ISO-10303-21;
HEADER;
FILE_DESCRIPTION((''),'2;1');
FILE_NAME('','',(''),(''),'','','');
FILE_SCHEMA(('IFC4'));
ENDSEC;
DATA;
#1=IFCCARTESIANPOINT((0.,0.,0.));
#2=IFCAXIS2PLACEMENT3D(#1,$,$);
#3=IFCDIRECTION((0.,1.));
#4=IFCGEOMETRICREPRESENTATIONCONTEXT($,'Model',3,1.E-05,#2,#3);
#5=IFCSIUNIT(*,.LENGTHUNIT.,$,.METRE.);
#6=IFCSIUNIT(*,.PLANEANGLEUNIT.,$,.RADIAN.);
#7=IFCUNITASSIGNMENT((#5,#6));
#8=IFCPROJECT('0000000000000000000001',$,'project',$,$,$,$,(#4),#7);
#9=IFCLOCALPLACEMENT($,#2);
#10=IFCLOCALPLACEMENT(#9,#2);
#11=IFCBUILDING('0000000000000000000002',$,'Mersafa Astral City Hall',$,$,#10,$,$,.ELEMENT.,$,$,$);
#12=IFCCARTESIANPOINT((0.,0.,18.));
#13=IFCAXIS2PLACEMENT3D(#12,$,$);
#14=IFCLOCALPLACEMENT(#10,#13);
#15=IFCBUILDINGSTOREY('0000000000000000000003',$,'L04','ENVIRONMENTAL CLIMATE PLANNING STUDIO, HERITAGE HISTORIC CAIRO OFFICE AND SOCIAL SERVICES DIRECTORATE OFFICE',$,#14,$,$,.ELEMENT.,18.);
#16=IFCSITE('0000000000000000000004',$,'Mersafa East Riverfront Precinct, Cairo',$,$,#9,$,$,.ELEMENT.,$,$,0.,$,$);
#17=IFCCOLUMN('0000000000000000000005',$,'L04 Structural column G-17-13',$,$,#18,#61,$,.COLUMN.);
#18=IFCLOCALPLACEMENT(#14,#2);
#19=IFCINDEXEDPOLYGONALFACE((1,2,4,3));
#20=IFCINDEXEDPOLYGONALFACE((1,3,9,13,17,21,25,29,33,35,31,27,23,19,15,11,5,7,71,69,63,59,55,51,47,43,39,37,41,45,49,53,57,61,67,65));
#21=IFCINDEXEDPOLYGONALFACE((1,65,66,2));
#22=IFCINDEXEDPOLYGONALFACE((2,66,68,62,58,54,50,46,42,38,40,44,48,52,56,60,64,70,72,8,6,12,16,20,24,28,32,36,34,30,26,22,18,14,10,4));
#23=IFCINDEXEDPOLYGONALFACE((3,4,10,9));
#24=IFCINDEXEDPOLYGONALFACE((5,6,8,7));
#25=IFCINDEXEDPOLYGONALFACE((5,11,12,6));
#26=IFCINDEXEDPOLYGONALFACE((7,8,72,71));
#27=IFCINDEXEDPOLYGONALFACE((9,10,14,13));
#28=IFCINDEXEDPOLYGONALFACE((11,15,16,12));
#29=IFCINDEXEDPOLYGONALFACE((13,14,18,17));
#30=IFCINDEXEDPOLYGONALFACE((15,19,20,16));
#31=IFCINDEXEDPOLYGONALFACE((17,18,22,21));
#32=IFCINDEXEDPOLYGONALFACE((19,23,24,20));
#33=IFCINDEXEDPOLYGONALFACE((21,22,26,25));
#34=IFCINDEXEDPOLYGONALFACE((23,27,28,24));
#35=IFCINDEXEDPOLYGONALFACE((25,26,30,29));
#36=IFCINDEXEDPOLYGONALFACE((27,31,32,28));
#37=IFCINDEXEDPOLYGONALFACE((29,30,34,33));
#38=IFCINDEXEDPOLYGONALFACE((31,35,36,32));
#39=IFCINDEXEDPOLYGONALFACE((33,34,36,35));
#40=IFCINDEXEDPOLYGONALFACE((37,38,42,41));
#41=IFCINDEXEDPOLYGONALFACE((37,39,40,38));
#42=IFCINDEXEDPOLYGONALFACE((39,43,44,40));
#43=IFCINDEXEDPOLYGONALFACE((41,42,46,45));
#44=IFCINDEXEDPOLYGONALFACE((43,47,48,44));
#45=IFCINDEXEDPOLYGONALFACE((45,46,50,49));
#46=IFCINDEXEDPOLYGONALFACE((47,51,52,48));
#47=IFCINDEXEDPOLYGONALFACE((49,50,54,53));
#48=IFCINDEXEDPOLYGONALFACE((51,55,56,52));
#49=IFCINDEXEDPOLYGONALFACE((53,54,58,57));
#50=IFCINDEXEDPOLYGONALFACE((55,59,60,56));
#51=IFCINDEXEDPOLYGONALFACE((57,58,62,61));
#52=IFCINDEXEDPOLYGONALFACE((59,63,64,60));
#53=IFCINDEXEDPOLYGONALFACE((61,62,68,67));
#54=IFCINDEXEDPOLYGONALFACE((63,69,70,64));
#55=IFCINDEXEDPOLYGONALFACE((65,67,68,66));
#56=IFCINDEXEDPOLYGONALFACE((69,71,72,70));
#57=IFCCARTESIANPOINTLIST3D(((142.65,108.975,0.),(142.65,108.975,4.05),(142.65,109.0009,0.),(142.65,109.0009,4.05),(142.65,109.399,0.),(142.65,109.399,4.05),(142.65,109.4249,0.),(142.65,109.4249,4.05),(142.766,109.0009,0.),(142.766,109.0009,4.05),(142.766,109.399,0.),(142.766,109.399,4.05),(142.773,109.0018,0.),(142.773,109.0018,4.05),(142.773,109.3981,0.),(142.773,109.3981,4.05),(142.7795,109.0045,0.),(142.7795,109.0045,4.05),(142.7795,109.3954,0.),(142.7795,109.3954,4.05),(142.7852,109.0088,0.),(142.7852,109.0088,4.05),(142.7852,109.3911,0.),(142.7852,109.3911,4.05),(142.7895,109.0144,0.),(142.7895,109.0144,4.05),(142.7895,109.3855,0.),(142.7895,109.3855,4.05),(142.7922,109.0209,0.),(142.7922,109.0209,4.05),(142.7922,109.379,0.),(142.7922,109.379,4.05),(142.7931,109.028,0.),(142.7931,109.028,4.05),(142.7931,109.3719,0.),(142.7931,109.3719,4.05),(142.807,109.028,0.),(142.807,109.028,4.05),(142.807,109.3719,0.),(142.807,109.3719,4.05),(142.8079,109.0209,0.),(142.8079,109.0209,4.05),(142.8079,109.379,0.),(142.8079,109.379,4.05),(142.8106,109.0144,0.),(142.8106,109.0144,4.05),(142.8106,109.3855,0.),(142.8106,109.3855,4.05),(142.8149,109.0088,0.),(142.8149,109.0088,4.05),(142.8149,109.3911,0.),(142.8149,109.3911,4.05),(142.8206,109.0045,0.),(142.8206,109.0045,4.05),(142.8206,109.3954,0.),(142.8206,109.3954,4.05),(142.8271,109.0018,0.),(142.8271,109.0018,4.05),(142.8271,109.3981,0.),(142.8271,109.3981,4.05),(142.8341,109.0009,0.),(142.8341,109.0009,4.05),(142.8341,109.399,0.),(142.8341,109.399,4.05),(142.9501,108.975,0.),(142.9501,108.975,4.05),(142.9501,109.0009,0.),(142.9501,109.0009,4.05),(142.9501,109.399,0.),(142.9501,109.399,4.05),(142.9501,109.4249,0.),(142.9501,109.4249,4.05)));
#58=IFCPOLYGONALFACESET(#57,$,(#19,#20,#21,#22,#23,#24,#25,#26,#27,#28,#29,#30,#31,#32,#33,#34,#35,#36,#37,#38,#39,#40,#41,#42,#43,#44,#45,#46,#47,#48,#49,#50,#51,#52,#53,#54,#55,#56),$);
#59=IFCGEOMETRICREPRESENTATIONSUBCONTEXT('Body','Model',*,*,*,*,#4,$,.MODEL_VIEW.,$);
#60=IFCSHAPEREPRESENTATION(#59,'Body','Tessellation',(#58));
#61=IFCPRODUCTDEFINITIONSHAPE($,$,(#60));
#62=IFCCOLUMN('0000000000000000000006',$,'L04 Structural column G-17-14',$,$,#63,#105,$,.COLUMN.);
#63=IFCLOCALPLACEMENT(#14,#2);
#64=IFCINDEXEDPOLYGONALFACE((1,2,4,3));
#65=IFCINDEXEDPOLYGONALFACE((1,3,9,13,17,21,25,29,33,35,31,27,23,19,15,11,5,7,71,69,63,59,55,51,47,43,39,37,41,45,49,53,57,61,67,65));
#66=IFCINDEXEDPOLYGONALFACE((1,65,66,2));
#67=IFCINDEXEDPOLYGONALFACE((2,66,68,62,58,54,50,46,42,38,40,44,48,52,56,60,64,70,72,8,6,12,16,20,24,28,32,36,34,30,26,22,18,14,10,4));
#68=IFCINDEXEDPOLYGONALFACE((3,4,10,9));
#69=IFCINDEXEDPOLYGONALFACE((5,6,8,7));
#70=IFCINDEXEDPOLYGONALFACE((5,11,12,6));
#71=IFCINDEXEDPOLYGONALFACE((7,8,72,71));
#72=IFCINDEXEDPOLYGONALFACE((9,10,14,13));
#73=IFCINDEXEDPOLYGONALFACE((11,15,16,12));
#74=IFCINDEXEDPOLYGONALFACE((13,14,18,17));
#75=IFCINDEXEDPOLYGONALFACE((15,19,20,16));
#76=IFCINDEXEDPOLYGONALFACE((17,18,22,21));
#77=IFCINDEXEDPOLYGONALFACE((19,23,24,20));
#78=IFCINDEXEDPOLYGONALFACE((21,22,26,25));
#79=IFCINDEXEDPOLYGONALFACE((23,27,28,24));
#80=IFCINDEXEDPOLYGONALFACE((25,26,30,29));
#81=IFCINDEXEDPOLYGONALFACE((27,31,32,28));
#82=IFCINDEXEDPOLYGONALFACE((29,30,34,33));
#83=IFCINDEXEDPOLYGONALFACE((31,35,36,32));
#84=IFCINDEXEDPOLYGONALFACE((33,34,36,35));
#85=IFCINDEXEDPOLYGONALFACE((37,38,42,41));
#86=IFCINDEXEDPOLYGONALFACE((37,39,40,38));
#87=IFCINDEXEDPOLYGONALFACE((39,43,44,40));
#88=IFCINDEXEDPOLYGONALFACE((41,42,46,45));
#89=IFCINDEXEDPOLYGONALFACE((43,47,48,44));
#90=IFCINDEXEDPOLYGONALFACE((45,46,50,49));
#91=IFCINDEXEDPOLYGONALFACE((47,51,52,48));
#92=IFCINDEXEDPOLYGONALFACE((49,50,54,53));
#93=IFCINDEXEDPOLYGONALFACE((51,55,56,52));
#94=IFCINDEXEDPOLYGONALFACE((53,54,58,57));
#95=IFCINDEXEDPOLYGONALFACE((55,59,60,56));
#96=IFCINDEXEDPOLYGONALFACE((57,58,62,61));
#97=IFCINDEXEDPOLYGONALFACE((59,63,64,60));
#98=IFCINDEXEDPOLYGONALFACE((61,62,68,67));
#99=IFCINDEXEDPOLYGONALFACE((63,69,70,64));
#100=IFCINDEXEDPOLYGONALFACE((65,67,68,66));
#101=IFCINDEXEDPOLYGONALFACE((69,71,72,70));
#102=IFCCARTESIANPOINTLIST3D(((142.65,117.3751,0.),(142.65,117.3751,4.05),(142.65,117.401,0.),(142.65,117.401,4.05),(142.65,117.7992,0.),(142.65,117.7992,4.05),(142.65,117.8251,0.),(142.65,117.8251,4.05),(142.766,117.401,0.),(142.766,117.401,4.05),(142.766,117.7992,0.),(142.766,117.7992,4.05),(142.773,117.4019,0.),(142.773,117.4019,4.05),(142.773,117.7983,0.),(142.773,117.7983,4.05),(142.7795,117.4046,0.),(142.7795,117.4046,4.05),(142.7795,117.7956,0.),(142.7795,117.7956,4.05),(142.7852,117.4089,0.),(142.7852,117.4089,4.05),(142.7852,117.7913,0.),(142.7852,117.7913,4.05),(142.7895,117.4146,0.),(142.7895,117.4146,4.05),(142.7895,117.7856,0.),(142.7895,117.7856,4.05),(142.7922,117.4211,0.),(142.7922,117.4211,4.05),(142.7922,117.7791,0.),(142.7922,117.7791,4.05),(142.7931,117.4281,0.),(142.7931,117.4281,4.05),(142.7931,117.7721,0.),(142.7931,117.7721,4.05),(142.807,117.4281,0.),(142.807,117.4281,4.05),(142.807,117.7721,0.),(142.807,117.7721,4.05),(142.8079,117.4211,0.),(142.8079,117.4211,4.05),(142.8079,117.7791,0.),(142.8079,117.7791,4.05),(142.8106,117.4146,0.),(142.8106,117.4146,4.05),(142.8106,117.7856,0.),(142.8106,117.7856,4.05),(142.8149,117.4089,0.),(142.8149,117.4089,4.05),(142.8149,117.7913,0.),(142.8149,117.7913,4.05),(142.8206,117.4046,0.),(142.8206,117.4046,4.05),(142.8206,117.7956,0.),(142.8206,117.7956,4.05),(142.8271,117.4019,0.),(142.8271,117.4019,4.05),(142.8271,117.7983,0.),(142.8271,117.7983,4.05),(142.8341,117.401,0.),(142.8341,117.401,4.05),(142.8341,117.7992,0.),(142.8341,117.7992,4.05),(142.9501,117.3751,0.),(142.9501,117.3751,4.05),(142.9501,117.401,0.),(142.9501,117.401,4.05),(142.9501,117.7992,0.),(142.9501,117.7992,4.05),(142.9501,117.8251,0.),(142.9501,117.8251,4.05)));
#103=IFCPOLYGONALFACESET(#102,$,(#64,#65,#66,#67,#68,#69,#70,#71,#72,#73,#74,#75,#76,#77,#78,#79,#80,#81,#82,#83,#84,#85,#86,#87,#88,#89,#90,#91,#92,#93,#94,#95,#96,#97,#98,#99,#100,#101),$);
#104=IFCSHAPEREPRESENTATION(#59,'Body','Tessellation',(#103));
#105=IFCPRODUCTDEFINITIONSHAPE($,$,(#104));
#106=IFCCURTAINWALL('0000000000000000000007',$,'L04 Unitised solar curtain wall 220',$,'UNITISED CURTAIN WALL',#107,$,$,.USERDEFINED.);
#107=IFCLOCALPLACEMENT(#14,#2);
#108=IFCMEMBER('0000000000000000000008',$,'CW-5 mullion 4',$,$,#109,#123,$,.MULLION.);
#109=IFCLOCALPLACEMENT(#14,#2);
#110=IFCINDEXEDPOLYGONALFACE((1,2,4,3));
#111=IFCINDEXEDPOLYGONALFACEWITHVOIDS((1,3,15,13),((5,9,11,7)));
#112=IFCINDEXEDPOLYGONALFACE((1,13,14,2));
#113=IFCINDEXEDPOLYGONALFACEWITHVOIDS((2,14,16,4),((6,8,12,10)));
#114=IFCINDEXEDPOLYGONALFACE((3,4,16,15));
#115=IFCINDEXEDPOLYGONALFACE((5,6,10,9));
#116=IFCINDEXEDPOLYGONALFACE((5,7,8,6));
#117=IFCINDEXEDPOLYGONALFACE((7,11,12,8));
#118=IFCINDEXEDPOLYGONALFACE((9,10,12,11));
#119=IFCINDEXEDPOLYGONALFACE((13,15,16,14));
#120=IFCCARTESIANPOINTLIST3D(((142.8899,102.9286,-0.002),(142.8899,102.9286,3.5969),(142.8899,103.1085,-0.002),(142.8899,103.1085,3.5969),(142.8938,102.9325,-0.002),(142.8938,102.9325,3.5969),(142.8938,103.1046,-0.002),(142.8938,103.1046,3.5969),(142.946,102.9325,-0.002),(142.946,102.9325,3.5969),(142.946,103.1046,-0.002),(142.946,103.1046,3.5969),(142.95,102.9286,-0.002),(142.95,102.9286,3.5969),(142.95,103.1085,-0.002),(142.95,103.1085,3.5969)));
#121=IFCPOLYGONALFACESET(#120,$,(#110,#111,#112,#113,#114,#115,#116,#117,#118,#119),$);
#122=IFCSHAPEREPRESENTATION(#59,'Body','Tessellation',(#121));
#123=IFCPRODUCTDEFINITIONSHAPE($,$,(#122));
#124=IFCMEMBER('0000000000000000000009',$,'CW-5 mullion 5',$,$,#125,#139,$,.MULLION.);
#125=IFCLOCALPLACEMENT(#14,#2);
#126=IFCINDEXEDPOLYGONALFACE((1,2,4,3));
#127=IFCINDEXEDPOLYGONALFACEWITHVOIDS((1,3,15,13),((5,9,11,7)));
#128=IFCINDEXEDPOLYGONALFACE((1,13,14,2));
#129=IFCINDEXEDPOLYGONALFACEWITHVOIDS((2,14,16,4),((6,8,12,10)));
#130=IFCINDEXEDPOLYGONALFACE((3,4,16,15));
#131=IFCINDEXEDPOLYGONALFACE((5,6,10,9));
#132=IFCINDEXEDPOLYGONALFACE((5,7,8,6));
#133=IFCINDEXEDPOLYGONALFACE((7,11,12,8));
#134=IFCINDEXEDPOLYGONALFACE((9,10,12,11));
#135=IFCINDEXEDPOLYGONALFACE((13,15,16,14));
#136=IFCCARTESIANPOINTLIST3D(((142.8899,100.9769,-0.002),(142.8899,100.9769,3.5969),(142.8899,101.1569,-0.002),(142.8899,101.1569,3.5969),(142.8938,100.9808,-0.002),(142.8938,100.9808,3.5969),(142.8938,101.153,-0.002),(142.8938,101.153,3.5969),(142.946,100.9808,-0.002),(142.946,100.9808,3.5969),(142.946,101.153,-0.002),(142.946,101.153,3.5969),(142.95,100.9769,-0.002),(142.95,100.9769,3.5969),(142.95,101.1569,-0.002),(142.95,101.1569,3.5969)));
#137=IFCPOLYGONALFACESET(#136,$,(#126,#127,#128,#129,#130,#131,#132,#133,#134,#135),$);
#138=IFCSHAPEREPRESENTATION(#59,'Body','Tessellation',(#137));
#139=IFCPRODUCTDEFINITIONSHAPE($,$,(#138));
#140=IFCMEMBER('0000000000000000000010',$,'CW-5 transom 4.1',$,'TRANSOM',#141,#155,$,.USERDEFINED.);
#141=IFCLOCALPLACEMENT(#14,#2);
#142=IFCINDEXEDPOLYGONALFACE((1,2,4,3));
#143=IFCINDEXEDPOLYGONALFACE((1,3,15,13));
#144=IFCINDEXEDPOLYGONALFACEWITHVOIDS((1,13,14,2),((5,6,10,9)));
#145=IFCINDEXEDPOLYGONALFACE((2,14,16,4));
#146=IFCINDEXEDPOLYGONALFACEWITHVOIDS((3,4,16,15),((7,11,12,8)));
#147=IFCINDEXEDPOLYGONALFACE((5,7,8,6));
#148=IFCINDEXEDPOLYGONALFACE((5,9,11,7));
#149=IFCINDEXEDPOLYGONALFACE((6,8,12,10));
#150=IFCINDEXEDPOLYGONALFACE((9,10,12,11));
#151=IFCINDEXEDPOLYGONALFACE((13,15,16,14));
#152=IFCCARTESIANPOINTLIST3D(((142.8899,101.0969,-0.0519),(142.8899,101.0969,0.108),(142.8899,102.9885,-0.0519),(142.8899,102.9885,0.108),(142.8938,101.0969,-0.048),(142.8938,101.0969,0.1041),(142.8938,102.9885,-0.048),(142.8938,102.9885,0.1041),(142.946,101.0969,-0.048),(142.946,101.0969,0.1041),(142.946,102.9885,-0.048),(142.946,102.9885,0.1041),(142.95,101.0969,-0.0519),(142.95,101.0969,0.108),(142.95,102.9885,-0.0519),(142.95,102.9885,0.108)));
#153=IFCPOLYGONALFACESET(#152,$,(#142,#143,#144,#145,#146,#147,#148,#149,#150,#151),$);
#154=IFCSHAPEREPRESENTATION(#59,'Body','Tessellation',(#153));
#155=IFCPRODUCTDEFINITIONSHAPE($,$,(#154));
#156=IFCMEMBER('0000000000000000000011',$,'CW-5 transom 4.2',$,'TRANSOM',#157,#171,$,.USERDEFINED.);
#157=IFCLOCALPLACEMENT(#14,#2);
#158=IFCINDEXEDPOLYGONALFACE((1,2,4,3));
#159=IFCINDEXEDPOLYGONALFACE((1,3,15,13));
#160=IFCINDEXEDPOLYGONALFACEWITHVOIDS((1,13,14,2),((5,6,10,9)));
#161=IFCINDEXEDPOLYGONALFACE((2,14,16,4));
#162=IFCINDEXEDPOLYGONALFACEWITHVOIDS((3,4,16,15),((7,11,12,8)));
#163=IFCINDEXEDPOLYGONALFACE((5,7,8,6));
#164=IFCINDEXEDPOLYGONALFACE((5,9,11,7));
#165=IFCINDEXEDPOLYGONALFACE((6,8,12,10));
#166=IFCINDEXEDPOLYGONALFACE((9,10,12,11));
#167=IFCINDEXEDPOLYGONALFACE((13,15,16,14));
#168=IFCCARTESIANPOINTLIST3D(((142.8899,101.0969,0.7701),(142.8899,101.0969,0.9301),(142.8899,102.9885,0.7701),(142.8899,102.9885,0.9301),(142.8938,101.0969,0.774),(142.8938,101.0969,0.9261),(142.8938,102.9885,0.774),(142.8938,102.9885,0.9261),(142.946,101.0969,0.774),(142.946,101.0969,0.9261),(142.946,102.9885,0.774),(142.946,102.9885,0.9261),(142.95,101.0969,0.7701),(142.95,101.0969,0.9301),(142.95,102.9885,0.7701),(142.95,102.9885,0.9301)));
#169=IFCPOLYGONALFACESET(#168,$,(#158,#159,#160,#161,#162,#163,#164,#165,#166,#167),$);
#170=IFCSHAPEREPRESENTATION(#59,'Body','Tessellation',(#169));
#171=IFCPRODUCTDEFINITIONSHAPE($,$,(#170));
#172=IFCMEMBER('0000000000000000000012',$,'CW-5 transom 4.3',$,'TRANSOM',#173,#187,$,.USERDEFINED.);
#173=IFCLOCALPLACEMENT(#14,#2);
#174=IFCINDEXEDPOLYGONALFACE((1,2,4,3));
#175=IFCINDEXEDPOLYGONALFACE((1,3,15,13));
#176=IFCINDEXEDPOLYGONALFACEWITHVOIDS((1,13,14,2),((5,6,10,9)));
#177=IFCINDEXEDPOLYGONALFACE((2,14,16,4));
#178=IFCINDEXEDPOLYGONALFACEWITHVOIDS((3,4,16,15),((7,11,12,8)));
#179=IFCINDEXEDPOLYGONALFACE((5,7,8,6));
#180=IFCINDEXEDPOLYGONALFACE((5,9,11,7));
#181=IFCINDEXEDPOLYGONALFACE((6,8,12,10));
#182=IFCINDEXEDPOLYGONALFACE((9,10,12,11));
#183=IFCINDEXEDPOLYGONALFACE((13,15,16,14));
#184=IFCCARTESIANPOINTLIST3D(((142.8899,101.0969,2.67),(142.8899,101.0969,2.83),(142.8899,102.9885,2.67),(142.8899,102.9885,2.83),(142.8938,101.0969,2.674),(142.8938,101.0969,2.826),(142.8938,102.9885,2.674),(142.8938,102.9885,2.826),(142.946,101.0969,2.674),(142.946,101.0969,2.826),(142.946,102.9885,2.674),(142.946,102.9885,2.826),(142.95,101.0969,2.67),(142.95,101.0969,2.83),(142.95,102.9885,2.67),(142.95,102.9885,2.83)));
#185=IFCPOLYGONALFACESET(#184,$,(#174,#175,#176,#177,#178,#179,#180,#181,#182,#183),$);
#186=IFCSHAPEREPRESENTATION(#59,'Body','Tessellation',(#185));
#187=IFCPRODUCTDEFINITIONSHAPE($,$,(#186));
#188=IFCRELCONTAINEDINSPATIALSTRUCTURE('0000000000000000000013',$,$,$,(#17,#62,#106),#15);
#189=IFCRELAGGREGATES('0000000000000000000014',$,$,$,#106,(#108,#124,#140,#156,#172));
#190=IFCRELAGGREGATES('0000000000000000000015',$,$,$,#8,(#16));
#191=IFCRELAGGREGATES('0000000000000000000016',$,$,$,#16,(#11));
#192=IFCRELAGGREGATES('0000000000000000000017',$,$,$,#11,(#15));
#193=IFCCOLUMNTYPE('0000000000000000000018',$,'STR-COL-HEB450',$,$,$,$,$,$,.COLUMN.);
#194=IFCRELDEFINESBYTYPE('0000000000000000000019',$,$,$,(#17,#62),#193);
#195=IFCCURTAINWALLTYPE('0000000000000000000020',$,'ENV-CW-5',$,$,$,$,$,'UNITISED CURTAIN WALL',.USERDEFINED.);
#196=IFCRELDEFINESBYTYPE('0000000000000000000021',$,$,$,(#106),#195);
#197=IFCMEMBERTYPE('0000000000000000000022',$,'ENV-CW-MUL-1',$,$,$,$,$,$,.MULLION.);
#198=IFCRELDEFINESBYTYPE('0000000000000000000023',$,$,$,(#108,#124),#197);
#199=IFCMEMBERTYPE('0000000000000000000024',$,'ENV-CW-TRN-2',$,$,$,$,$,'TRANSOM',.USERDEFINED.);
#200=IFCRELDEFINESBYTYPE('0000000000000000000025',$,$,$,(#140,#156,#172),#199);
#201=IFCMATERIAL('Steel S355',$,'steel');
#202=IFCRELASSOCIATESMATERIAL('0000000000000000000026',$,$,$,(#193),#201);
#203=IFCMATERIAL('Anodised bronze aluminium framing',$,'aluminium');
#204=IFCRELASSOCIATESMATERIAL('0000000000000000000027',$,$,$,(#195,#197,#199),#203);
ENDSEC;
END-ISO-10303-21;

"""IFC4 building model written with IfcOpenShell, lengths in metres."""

from ifc_helpers import new_model, si_unit, direction, frame, origin, origin_2d, place, context, subcontext, project, spatial, hollow_rectangle, i_section, extrude, material, material_profile, profile_set, type_object, element, aggregate, save


model = new_model("IFC4")

# Units and contexts
model_context = context("Model", 3, precision=1e-05, world=origin(), true_north=direction((0.0, 1.0)))
body_context = subcontext(model_context, "Body", "Model", "MODEL_VIEW")
ifc_project = project(units=[si_unit("LENGTHUNIT", "METRE"), si_unit("PLANEANGLEUNIT", "RADIAN")], contexts=[model_context])

# Site, building, storey
site_placement = place(None, origin())
site = spatial("IfcSite", under=ifc_project, at=site_placement, Name="Mersafa East Riverfront Precinct, Cairo", CompositionType="ELEMENT", RefElevation=0.0)
building_placement = place(site_placement, origin())
building = spatial("IfcBuilding", under=site, at=building_placement, Name="Mersafa Astral City Hall", CompositionType="ELEMENT")
storey_placement = place(building_placement, frame((0.0, 0.0, 18.0)))
storey = spatial("IfcBuildingStorey", under=building, at=storey_placement, Name="L04", Description="ENVIRONMENTAL CLIMATE PLANNING STUDIO, HERITAGE HISTORIC CAIRO OFFICE AND SOCIAL SERVICES DIRECTORATE OFFICE", CompositionType="ELEMENT", Elevation=18.0)

# Columns
ifc_material_1 = material(Name="Steel S355", Category="steel")
ifc_material_profile_1 = material_profile(ifc_material_1, i_section(OverallWidth=0.3, OverallDepth=0.45, WebThickness=0.0139, FlangeThickness=0.0259, FilletRadius=0.0271, at=origin_2d()), Name="HEB 450")
ifc_profile_set_1 = profile_set([ifc_material_profile_1], Name="Steel S355")
column_type = type_object("IfcColumnType", Name="STR-COL-HEB450", PredefinedType="COLUMN", material=ifc_profile_set_1)
for number, where, z_axis, x_axis, name in (
    (1, (142.8, 109.2, 0.0), (0.0, 0.0, 1.0), (1.0, 0.0, 0.0), "L04 Structural column G-17-13"),
    (2, (142.8, 117.6001, 0.0), (0.0, 0.0, 1.0), (1.0, 0.0, 0.0), "L04 Structural column G-17-14"),
):
    element("IfcColumn", number, at=place(storey_placement, frame(where, z_axis=z_axis, x_axis=x_axis)), inside=storey, type_object=column_type, Name=name, PredefinedType="COLUMN", context=body_context, shape_type="SweptSolid", body=[
        extrude(i_section(OverallWidth=0.3, OverallDepth=0.45, WebThickness=0.0139, FlangeThickness=0.0259, FilletRadius=0.0271, at=origin_2d()), origin(), (0.0, 0.0, 1.0), 4.05),
    ])

# Curtain wall, members
ifc_material_2 = material(Name="Anodised bronze aluminium framing", Category="aluminium")
curtain_wall_type = type_object("IfcCurtainWallType", Name="ENV-CW-5", ElementType="UNITISED CURTAIN WALL", PredefinedType="USERDEFINED", material=ifc_material_2)
curtain_wall_placement = place(storey_placement, origin())
curtain_wall = element("IfcCurtainWall", 3, at=curtain_wall_placement, inside=storey, type_object=curtain_wall_type, Name="L04 Unitised solar curtain wall 220", ObjectType="UNITISED CURTAIN WALL", PredefinedType="USERDEFINED")
ifc_material_profile_2 = material_profile(ifc_material_2, hollow_rectangle(XDim=0.0601, YDim=0.1799, WallThickness=0.0039, at=origin_2d()), Name="RHS 60x180x4")
ifc_profile_set_2 = profile_set([ifc_material_profile_2], Name="Anodised bronze aluminium framing")
member_type_1 = type_object("IfcMemberType", Name="ENV-CW-MUL-1", PredefinedType="MULLION", material=ifc_profile_set_2)
member_1_placement = place(storey_placement, frame((142.9199, 103.0186, -0.002), z_axis=(0.0, 0.0, 1.0), x_axis=(1.0, 0.0, 0.0)))
member_1 = element("IfcMember", 4, at=member_1_placement, type_object=member_type_1, Name="CW-5 mullion 4", PredefinedType="MULLION", context=body_context, shape_type="SweptSolid", body=[
    extrude(hollow_rectangle(XDim=0.0601, YDim=0.1799, WallThickness=0.0039, at=origin_2d()), origin(), (0.0, 0.0, 1.0), 3.5989),
])
member_2_placement = place(storey_placement, frame((142.9199, 101.0669, -0.002), z_axis=(0.0, 0.0, 1.0), x_axis=(1.0, 0.0, 0.0)))
member_2 = element("IfcMember", 5, at=member_2_placement, type_object=member_type_1, Name="CW-5 mullion 5", PredefinedType="MULLION", context=body_context, shape_type="SweptSolid", body=[
    extrude(hollow_rectangle(XDim=0.0601, YDim=0.1799, WallThickness=0.0039, at=origin_2d()), origin(), (0.0, 0.0, 1.0), 3.5989),
])
ifc_material_profile_3 = material_profile(ifc_material_2, hollow_rectangle(XDim=0.0601, YDim=0.1599, WallThickness=0.0039, at=origin_2d()), Name="RHS 60x160x4")
ifc_profile_set_3 = profile_set([ifc_material_profile_3], Name="Anodised bronze aluminium framing")
member_type_2 = type_object("IfcMemberType", Name="ENV-CW-TRN-2", ElementType="TRANSOM", PredefinedType="USERDEFINED", material=ifc_profile_set_3)
member_3_placement = place(storey_placement, frame((142.9199, 102.9885, 0.0281), z_axis=(0.0, -1.0, 0.0), x_axis=(1.0, 0.0, 0.0)))
member_3 = element("IfcMember", 6, at=member_3_placement, type_object=member_type_2, Name="CW-5 transom 4.1", ObjectType="TRANSOM", PredefinedType="USERDEFINED", context=body_context, shape_type="SweptSolid", body=[
    extrude(hollow_rectangle(XDim=0.0601, YDim=0.1599, WallThickness=0.0039, at=origin_2d()), origin(), (0.0, 0.0, 1.0), 1.8916),
])
member_4_placement = place(storey_placement, frame((142.9199, 102.9885, 0.8501), z_axis=(0.0, -1.0, 0.0), x_axis=(1.0, 0.0, 0.0)))
member_4 = element("IfcMember", 7, at=member_4_placement, type_object=member_type_2, Name="CW-5 transom 4.2", ObjectType="TRANSOM", PredefinedType="USERDEFINED", context=body_context, shape_type="SweptSolid", body=[
    extrude(hollow_rectangle(XDim=0.0601, YDim=0.1599, WallThickness=0.0039, at=origin_2d()), origin(), (0.0, 0.0, 1.0), 1.8916),
])
member_5_placement = place(storey_placement, frame((142.9199, 102.9885, 2.75), z_axis=(0.0, -1.0, 0.0), x_axis=(1.0, 0.0, 0.0)))
member_5 = element("IfcMember", 8, at=member_5_placement, type_object=member_type_2, Name="CW-5 transom 4.3", ObjectType="TRANSOM", PredefinedType="USERDEFINED", context=body_context, shape_type="SweptSolid", body=[
    extrude(hollow_rectangle(XDim=0.0601, YDim=0.1599, WallThickness=0.0039, at=origin_2d()), origin(), (0.0, 0.0, 1.0), 1.8916),
])

aggregate(curtain_wall, [member_1, member_2, member_3, member_4, member_5])

save(model, "model.ifc")
